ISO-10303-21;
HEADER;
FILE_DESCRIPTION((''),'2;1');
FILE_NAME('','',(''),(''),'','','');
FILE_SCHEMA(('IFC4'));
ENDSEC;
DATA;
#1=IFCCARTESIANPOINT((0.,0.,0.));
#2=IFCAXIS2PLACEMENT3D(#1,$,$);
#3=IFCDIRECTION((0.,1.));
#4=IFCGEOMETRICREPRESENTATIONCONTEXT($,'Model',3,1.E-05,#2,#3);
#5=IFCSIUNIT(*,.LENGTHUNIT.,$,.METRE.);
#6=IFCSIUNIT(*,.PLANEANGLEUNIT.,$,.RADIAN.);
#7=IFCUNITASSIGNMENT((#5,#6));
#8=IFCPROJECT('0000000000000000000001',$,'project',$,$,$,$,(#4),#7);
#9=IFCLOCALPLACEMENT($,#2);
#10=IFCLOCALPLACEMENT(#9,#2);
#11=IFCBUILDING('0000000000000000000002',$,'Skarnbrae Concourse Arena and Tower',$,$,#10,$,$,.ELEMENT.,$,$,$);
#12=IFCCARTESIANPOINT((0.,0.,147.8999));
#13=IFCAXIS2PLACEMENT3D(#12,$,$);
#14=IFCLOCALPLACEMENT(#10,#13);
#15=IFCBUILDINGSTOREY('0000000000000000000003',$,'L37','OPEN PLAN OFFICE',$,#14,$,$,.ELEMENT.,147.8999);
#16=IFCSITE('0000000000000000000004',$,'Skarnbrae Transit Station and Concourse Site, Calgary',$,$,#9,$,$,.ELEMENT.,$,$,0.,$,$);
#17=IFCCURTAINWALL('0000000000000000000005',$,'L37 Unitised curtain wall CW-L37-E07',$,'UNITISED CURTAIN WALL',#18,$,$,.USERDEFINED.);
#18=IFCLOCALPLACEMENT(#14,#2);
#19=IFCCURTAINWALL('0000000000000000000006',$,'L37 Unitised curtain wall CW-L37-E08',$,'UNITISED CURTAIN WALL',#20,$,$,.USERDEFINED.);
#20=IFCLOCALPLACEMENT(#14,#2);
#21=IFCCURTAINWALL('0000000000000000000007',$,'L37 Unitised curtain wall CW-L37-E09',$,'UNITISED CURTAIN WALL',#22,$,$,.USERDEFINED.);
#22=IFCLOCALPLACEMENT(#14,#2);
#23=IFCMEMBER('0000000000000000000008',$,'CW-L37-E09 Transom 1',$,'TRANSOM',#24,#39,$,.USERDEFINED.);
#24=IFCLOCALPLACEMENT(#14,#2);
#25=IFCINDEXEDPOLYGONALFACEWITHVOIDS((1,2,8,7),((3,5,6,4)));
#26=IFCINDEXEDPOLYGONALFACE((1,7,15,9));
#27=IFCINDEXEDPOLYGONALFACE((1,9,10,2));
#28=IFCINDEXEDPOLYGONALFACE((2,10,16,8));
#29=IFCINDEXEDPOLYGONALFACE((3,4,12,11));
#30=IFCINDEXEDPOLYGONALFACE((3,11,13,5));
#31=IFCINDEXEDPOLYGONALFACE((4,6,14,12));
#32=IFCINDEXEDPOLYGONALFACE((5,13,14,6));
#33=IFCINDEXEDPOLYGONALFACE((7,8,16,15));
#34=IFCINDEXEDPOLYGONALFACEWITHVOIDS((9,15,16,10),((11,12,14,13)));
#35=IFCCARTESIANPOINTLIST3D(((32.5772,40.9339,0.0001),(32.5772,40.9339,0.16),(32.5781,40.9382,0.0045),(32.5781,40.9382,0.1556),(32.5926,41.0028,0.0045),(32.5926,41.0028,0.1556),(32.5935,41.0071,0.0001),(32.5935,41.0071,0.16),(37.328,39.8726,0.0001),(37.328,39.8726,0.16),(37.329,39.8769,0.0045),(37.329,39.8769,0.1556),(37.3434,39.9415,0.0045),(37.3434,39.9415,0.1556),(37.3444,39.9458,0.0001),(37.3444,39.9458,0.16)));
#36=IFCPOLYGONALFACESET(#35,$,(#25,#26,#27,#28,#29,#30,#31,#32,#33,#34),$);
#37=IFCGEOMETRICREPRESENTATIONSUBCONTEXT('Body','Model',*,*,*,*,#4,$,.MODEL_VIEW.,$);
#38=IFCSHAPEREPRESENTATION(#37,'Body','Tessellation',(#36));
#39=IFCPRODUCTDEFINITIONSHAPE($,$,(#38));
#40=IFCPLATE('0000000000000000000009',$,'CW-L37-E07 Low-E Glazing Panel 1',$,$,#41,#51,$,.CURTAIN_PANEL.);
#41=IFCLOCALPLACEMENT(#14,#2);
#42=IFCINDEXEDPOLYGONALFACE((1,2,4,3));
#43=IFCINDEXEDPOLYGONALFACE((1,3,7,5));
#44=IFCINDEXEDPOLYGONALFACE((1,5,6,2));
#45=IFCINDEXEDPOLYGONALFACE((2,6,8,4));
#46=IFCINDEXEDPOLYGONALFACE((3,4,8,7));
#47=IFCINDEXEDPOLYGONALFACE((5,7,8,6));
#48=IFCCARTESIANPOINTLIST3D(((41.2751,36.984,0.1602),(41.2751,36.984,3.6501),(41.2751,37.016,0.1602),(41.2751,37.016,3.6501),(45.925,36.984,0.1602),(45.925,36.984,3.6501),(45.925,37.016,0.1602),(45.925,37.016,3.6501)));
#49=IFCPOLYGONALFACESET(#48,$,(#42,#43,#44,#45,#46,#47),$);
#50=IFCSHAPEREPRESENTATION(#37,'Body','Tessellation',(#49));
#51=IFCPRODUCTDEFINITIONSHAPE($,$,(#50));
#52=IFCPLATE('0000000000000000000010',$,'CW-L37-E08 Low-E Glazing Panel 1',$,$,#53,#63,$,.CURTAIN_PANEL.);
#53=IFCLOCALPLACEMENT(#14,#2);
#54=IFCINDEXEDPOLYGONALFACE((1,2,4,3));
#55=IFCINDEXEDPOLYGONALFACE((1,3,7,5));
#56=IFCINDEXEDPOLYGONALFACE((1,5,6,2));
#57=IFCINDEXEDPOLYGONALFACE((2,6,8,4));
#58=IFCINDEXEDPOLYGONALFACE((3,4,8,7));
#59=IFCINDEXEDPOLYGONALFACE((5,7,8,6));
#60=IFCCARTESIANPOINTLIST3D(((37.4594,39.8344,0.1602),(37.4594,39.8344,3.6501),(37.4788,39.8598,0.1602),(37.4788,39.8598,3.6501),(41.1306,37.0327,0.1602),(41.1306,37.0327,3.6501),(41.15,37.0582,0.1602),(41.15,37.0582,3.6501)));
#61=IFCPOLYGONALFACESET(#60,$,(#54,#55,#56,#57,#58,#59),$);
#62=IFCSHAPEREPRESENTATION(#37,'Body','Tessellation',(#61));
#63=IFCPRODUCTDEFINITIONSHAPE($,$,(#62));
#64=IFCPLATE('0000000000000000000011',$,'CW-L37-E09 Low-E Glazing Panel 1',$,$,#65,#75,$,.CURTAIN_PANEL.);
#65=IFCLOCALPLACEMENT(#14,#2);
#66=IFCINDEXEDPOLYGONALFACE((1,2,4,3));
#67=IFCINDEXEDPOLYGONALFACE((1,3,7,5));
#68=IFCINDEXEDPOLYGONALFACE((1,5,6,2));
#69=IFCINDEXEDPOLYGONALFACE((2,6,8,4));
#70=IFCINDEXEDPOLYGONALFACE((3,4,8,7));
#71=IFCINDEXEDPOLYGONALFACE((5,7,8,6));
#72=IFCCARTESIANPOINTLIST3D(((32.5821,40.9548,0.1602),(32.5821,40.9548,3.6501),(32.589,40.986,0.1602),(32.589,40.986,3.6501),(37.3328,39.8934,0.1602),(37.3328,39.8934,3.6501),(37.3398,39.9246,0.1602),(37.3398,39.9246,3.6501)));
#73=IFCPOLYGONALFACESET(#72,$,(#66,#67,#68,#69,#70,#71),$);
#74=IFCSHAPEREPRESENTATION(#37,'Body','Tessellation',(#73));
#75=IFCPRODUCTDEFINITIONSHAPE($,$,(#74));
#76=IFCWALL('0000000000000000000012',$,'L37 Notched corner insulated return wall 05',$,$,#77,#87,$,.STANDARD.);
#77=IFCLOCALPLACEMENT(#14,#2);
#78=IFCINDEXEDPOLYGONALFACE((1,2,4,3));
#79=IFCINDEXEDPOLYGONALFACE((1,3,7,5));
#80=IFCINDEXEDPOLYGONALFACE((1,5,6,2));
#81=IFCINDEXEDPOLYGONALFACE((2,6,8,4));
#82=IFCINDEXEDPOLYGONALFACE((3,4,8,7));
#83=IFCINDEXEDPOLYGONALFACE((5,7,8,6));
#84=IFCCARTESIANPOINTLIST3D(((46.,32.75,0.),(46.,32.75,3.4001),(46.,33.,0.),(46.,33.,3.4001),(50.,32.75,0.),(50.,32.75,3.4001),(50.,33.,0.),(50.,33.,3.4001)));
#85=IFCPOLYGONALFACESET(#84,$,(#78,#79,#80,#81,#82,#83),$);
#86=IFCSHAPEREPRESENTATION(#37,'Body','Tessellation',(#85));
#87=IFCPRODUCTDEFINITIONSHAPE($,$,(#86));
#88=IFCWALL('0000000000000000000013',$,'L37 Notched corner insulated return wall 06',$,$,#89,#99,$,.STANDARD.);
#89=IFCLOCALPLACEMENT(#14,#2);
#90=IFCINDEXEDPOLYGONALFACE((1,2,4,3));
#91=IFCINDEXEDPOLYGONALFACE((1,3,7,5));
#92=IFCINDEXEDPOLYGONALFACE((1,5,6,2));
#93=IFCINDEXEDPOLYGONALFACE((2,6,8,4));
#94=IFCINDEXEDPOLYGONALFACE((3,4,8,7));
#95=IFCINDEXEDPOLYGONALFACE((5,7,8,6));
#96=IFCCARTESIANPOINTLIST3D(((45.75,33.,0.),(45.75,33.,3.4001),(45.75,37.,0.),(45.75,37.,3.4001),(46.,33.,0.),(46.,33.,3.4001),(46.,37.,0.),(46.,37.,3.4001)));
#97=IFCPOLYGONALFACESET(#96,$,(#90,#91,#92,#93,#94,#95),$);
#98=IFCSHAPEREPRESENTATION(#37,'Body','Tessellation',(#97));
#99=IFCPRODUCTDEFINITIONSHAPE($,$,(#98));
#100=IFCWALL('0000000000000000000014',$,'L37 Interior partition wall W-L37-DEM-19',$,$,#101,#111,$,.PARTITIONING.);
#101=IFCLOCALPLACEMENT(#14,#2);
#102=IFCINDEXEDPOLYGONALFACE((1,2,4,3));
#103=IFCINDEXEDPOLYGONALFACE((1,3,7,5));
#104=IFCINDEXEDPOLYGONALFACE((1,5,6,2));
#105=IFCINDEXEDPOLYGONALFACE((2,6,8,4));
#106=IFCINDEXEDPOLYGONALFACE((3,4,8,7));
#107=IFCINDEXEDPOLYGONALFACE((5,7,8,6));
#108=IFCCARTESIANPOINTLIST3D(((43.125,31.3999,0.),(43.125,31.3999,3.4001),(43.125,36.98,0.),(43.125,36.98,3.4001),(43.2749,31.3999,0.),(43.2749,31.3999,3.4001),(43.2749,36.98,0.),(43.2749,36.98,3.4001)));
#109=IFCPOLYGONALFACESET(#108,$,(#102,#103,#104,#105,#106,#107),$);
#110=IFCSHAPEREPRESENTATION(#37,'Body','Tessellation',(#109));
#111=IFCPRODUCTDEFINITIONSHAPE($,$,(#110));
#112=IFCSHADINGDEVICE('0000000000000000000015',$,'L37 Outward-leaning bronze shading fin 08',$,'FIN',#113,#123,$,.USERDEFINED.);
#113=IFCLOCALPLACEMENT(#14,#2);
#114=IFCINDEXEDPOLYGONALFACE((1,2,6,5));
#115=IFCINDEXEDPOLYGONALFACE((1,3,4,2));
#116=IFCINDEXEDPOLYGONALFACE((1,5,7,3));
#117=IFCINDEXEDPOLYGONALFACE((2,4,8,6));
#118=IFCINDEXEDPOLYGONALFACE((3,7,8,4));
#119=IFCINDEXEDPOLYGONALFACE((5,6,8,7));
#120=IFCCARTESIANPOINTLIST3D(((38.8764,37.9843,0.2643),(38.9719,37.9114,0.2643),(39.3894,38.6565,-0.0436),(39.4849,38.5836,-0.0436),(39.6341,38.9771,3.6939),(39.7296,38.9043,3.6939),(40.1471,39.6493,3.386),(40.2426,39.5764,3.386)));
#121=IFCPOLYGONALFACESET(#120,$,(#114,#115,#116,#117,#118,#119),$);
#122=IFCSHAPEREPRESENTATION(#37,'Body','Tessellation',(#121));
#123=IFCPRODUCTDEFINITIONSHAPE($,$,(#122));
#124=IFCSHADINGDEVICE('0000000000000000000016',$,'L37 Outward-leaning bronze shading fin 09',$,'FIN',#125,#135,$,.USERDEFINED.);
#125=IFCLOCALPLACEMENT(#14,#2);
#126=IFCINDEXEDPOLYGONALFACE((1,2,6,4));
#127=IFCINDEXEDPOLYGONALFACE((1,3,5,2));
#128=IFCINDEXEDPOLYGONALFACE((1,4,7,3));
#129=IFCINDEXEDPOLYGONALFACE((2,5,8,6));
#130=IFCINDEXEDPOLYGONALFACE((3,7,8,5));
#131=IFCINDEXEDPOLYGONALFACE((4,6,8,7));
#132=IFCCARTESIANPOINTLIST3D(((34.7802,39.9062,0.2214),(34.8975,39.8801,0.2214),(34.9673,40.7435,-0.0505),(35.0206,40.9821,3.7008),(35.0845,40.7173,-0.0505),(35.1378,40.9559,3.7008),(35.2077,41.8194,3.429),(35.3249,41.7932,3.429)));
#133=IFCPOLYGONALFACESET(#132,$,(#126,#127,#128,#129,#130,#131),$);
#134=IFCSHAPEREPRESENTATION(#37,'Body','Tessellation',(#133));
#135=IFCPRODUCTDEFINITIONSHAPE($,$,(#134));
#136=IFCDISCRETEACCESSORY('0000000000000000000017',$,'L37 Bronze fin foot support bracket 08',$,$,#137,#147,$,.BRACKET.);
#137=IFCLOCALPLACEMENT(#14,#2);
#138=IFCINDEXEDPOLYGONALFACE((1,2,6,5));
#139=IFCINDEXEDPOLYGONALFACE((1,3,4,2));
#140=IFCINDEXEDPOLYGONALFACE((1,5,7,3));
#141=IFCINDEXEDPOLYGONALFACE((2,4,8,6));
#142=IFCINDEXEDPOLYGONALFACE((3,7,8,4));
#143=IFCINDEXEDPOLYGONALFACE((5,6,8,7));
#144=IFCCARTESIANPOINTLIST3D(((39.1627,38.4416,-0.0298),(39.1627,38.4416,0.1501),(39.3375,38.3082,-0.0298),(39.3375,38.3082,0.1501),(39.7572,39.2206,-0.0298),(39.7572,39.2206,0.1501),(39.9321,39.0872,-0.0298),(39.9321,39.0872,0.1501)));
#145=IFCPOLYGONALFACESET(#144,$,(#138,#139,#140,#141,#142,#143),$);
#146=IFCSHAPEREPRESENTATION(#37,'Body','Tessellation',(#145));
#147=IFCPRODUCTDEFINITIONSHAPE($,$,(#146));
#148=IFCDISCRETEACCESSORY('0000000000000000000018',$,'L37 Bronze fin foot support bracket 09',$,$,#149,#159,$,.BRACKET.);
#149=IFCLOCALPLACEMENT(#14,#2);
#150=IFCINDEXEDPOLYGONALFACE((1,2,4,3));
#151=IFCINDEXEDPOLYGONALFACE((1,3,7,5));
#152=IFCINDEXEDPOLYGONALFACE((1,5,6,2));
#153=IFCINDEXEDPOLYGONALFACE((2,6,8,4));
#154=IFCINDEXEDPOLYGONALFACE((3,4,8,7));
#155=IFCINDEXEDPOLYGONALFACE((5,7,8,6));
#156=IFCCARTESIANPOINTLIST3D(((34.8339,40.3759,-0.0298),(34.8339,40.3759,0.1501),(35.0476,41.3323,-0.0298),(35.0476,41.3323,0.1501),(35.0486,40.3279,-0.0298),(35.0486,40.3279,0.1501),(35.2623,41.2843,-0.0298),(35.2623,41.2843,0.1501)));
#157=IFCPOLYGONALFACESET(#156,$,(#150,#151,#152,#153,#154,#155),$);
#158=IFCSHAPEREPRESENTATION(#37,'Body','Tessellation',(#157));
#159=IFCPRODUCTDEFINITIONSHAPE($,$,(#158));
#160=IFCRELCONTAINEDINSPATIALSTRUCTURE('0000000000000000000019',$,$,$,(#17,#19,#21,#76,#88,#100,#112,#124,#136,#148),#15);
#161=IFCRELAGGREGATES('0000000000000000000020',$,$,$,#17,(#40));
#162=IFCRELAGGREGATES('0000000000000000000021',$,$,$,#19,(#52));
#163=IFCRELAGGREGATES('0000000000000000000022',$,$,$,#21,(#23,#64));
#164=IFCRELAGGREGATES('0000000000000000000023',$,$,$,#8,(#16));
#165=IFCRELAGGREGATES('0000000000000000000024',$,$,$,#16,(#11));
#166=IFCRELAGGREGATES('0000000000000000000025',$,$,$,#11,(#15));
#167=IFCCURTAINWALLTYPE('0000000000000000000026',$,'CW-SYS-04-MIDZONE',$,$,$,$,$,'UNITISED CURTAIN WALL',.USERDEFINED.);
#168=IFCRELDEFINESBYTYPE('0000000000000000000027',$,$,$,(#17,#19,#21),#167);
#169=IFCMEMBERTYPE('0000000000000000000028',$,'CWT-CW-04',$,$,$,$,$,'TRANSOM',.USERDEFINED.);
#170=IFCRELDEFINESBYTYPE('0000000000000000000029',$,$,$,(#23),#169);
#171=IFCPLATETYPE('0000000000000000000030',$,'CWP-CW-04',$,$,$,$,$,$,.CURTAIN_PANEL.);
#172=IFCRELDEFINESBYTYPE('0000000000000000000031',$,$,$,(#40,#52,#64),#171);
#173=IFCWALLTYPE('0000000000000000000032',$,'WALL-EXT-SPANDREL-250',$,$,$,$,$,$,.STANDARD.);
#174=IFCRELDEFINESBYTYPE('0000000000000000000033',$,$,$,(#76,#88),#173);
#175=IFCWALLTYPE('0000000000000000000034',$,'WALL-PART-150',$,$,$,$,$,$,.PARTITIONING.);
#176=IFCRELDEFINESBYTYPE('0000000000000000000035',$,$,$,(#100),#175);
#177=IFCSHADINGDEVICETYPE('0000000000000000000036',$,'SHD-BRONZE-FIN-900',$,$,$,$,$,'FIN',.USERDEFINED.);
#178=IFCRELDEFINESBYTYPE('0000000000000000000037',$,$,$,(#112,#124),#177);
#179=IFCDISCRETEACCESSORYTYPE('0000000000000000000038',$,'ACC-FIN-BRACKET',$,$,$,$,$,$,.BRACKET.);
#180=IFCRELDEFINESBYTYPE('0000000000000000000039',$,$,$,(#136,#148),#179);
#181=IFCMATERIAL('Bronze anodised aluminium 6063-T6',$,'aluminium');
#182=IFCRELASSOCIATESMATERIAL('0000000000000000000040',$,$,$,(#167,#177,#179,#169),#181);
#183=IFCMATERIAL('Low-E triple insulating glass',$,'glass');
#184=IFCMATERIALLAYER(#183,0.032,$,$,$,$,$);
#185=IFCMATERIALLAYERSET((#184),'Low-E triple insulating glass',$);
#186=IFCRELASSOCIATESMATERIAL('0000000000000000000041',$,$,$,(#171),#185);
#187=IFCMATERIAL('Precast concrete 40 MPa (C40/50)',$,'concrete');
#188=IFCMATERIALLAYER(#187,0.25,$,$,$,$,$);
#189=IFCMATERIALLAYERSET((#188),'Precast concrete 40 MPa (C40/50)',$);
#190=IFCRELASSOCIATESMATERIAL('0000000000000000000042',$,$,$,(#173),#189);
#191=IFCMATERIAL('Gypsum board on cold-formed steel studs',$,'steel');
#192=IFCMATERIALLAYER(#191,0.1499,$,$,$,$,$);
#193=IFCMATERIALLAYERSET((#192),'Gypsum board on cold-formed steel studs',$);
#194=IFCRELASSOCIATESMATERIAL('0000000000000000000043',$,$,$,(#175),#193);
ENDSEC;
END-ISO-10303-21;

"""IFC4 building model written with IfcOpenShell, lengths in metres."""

from ifc_helpers import new_model, si_unit, direction, frame, frame_2d, origin, origin_2d, place, context, subcontext, project, spatial, rectangle, hollow_rectangle, extrude, source, transform, mapped, material, layer, layer_set, material_profile, profile_set, type_object, element, aggregate, save


model = new_model("IFC4")

# Units and contexts
model_context = context("Model", 3, precision=1e-05, world=origin(), true_north=direction((0.0, 1.0)))
body_context = subcontext(model_context, "Body", "Model", "MODEL_VIEW")
ifc_project = project(units=[si_unit("LENGTHUNIT", "METRE"), si_unit("PLANEANGLEUNIT", "RADIAN")], contexts=[model_context])

# Site, building, storey
site_placement = place(None, origin())
site = spatial("IfcSite", under=ifc_project, at=site_placement, Name="Skarnbrae Transit Station and Concourse Site, Calgary", CompositionType="ELEMENT", RefElevation=0.0)
building_placement = place(site_placement, origin())
building = spatial("IfcBuilding", under=site, at=building_placement, Name="Skarnbrae Concourse Arena and Tower", CompositionType="ELEMENT")
storey_placement = place(building_placement, frame((0.0, 0.0, 147.8999)))
storey = spatial("IfcBuildingStorey", under=building, at=storey_placement, Name="L37", Description="OPEN PLAN OFFICE", CompositionType="ELEMENT", Elevation=147.8999)

# Shared definitions
ifc_material_1 = material(Name="Bronze anodised aluminium 6063-T6", Category="aluminium")
curtain_wall_type = type_object("IfcCurtainWallType", Name="CW-SYS-04-MIDZONE", ElementType="UNITISED CURTAIN WALL", PredefinedType="USERDEFINED", material=ifc_material_1)

# Curtain walls
curtain_wall_1_placement = place(storey_placement, origin())
curtain_wall_1 = element("IfcCurtainWall", 1, at=curtain_wall_1_placement, inside=storey, type_object=curtain_wall_type, Name="L37 Unitised curtain wall CW-L37-E07", ObjectType="UNITISED CURTAIN WALL", PredefinedType="USERDEFINED")
curtain_wall_2_placement = place(storey_placement, origin())
curtain_wall_2 = element("IfcCurtainWall", 2, at=curtain_wall_2_placement, inside=storey, type_object=curtain_wall_type, Name="L37 Unitised curtain wall CW-L37-E08", ObjectType="UNITISED CURTAIN WALL", PredefinedType="USERDEFINED")

# Curtain wall
curtain_wall_3_placement = place(storey_placement, origin())
curtain_wall_3 = element("IfcCurtainWall", 3, at=curtain_wall_3_placement, inside=storey, type_object=curtain_wall_type, Name="L37 Unitised curtain wall CW-L37-E09", ObjectType="UNITISED CURTAIN WALL", PredefinedType="USERDEFINED")

# Member
ifc_material_profile_1 = material_profile(ifc_material_1, hollow_rectangle(XDim=0.075, YDim=0.1599, WallThickness=0.0044, at=origin_2d()), Name="ALU-TRAN-75X160")
ifc_profile_set_1 = profile_set([ifc_material_profile_1], Name="Bronze anodised aluminium 6063-T6")
member_type_1 = type_object("IfcMemberType", Name="CWT-CW-04", ElementType="TRANSOM", PredefinedType="USERDEFINED", material=ifc_profile_set_1)
shared_shape_1 = source(origin(), body_context, "Body", "SweptSolid", [
    extrude(hollow_rectangle(XDim=0.075, YDim=0.1599, WallThickness=0.0044, at=origin_2d()), origin(), (0.0, 0.0, 1.0), 4.8679),
])
member_1_placement = place(storey_placement, frame((37.3362, 39.9092, 0.0801), z_axis=(-0.975945, 0.218019, 0.0), x_axis=(-0.218019, -0.975945, 0.0)))
member_1 = element("IfcMember", 4, at=member_1_placement, type_object=member_type_1, Name="CW-L37-E09 Transom 1", ObjectType="TRANSOM", PredefinedType="USERDEFINED", context=body_context, shape_type="MappedRepresentation", body=[
    mapped(shared_shape_1, transform((0.0, 0.0, 0.0))),
])

# Plates
ifc_material_2 = material(Name="Low-E triple insulating glass", Category="glass")
ifc_layer_1 = layer(ifc_material_2, 0.032)
ifc_layer_set_1 = layer_set([ifc_layer_1], Name="Low-E triple insulating glass")
plate_type = type_object("IfcPlateType", Name="CWP-CW-04", PredefinedType="CURTAIN_PANEL", material=ifc_layer_set_1)
shared_shape_2 = source(origin(), body_context, "Body", "SweptSolid", [
    extrude(rectangle(XDim=4.6499, YDim=0.032, at=origin_2d()), origin(), (0.0, 0.0, 1.0), 3.49),
])
plate_1_placement = place(storey_placement, frame((43.6001, 37.0, 0.1602), z_axis=(0.0, 0.0, 1.0), x_axis=(-1.0, 0.0, 0.0)))
plate_1 = element("IfcPlate", 5, at=plate_1_placement, type_object=plate_type, Name="CW-L37-E07 Low-E Glazing Panel 1", PredefinedType="CURTAIN_PANEL", context=body_context, shape_type="MappedRepresentation", body=[
    mapped(shared_shape_2, transform((0.0, 0.0, 0.0))),
])
aggregate(curtain_wall_1, [plate_1])
shared_shape_3 = source(origin(), body_context, "Body", "SweptSolid", [
    extrude(rectangle(XDim=4.6182, YDim=0.032, at=origin_2d()), origin(), (0.0, 0.0, 1.0), 3.49),
])
plate_2_placement = place(storey_placement, frame((39.3047, 38.4463, 0.1602), z_axis=(0.0, 0.0, 1.0), x_axis=(-0.794956, 0.606667, 0.0)))
plate_2 = element("IfcPlate", 6, at=plate_2_placement, type_object=plate_type, Name="CW-L37-E08 Low-E Glazing Panel 1", PredefinedType="CURTAIN_PANEL", context=body_context, shape_type="MappedRepresentation", body=[
    mapped(shared_shape_3, transform((0.0, 0.0, 0.0))),
])
aggregate(curtain_wall_2, [plate_2])
shared_shape_4 = source(origin(), body_context, "Body", "SweptSolid", [
    extrude(rectangle(XDim=4.8679, YDim=0.032, at=origin_2d()), origin(), (0.0, 0.0, 1.0), 3.49),
])
plate_3_placement = place(storey_placement, frame((34.9609, 40.4397, 0.1602), z_axis=(0.0, 0.0, 1.0), x_axis=(-0.975936, 0.218056, 0.0)))
plate_3 = element("IfcPlate", 7, at=plate_3_placement, type_object=plate_type, Name="CW-L37-E09 Low-E Glazing Panel 1", PredefinedType="CURTAIN_PANEL", context=body_context, shape_type="MappedRepresentation", body=[
    mapped(shared_shape_4, transform((0.0, 0.0, 0.0))),
])
aggregate(curtain_wall_3, [member_1, plate_3])

# Walls
ifc_material_3 = material(Name="Precast concrete 40 MPa (C40/50)", Category="concrete")
ifc_layer_2 = layer(ifc_material_3, 0.25)
ifc_layer_set_2 = layer_set([ifc_layer_2], Name="Precast concrete 40 MPa (C40/50)")
wall_type_1 = type_object("IfcWallType", Name="WALL-EXT-SPANDREL-250", PredefinedType="STANDARD", material=ifc_layer_set_2)
shared_shape_5 = source(origin(), body_context, "Body", "SweptSolid", [
    extrude(rectangle(XDim=4.0, YDim=0.25, at=frame_2d((2.0, 0.0))), origin(), (0.0, 0.0, 1.0), 3.4001),
])
for number, where, z_axis, x_axis, name in (
    (8, (50.0, 32.875, 0.0), (0.0, 0.0, 1.0), (-1.0, 0.0, 0.0), "L37 Notched corner insulated return wall 05"),
    (9, (45.875, 33.0, 0.0), (0.0, 0.0, 1.0), (0.0, 1.0, 0.0), "L37 Notched corner insulated return wall 06"),
):
    element("IfcWall", number, at=place(storey_placement, frame(where, z_axis=z_axis, x_axis=x_axis)), inside=storey, type_object=wall_type_1, Name=name, PredefinedType="STANDARD", context=body_context, shape_type="MappedRepresentation", body=[
        mapped(shared_shape_5, transform((0.0, 0.0, 0.0))),
    ])
ifc_material_4 = material(Name="Gypsum board on cold-formed steel studs", Category="steel")
ifc_layer_3 = layer(ifc_material_4, 0.1499)
ifc_layer_set_3 = layer_set([ifc_layer_3], Name="Gypsum board on cold-formed steel studs")
wall_type_2 = type_object("IfcWallType", Name="WALL-PART-150", PredefinedType="PARTITIONING", material=ifc_layer_set_3)
shared_shape_6 = source(origin(), body_context, "Body", "SweptSolid", [
    extrude(rectangle(XDim=5.5801, YDim=0.1499, at=frame_2d((2.79, 0.0))), origin(), (0.0, 0.0, 1.0), 3.4001),
])
wall_placement = place(storey_placement, frame((43.2, 36.98, 0.0), z_axis=(0.0, 0.0, 1.0), x_axis=(0.0, -1.0, 0.0)))
element("IfcWall", 10, at=wall_placement, inside=storey, type_object=wall_type_2, Name="L37 Interior partition wall W-L37-DEM-19", PredefinedType="PARTITIONING", context=body_context, shape_type="MappedRepresentation", body=[
    mapped(shared_shape_6, transform((0.0, 0.0, 0.0))),
])

# Shading devices
shading_device_type = type_object("IfcShadingDeviceType", Name="SHD-BRONZE-FIN-900", ElementType="FIN", PredefinedType="USERDEFINED", material=ifc_material_1)
shared_shape_7 = source(origin(), body_context, "Body", "SweptSolid", [
    extrude(rectangle(XDim=0.1201, YDim=0.8999, at=origin_2d()), origin(), (0.0, 0.0, 1.0), 3.6499),
])
for number, where, z_axis, x_axis, name in (
    (11, (39.1807, 38.2839, 0.1104), (0.207592, 0.272021, 0.939633), (0.794955, -0.606668, 0.0), "L37 Outward-leaning bronze shading fin 08"),
    (12, (34.9324, 40.3118, 0.0854), (0.065862, 0.294769, 0.953296), (0.975936, -0.218058, 0.0), "L37 Outward-leaning bronze shading fin 09"),
):
    element("IfcShadingDevice", number, at=place(storey_placement, frame(where, z_axis=z_axis, x_axis=x_axis)), inside=storey, type_object=shading_device_type, Name=name, ObjectType="FIN", PredefinedType="USERDEFINED", context=body_context, shape_type="MappedRepresentation", body=[
        mapped(shared_shape_7, transform((0.0, 0.0, 0.0))),
    ])

# Discrete accessories
discrete_accessory_type = type_object("IfcDiscreteAccessoryType", Name="ACC-FIN-BRACKET", PredefinedType="BRACKET", material=ifc_material_1)
shared_shape_8 = source(origin(), body_context, "Body", "SweptSolid", [
    extrude(rectangle(XDim=0.22, YDim=0.98, at=origin_2d()), origin(), (0.0, 0.0, 1.0), 0.1799),
])
for number, where, z_axis, x_axis, name in (
    (13, (39.5474, 38.7644, -0.0298), (0.0, 0.0, 1.0), (0.794955, -0.606668, 0.0), "L37 Bronze fin foot support bracket 08"),
    (14, (35.0481, 40.8301, -0.0298), (0.0, 0.0, 1.0), (0.975936, -0.218058, 0.0), "L37 Bronze fin foot support bracket 09"),
):
    element("IfcDiscreteAccessory", number, at=place(storey_placement, frame(where, z_axis=z_axis, x_axis=x_axis)), inside=storey, type_object=discrete_accessory_type, Name=name, PredefinedType="BRACKET", context=body_context, shape_type="MappedRepresentation", body=[
        mapped(shared_shape_8, transform((0.0, 0.0, 0.0))),
    ])

save(model, "model.ifc")
